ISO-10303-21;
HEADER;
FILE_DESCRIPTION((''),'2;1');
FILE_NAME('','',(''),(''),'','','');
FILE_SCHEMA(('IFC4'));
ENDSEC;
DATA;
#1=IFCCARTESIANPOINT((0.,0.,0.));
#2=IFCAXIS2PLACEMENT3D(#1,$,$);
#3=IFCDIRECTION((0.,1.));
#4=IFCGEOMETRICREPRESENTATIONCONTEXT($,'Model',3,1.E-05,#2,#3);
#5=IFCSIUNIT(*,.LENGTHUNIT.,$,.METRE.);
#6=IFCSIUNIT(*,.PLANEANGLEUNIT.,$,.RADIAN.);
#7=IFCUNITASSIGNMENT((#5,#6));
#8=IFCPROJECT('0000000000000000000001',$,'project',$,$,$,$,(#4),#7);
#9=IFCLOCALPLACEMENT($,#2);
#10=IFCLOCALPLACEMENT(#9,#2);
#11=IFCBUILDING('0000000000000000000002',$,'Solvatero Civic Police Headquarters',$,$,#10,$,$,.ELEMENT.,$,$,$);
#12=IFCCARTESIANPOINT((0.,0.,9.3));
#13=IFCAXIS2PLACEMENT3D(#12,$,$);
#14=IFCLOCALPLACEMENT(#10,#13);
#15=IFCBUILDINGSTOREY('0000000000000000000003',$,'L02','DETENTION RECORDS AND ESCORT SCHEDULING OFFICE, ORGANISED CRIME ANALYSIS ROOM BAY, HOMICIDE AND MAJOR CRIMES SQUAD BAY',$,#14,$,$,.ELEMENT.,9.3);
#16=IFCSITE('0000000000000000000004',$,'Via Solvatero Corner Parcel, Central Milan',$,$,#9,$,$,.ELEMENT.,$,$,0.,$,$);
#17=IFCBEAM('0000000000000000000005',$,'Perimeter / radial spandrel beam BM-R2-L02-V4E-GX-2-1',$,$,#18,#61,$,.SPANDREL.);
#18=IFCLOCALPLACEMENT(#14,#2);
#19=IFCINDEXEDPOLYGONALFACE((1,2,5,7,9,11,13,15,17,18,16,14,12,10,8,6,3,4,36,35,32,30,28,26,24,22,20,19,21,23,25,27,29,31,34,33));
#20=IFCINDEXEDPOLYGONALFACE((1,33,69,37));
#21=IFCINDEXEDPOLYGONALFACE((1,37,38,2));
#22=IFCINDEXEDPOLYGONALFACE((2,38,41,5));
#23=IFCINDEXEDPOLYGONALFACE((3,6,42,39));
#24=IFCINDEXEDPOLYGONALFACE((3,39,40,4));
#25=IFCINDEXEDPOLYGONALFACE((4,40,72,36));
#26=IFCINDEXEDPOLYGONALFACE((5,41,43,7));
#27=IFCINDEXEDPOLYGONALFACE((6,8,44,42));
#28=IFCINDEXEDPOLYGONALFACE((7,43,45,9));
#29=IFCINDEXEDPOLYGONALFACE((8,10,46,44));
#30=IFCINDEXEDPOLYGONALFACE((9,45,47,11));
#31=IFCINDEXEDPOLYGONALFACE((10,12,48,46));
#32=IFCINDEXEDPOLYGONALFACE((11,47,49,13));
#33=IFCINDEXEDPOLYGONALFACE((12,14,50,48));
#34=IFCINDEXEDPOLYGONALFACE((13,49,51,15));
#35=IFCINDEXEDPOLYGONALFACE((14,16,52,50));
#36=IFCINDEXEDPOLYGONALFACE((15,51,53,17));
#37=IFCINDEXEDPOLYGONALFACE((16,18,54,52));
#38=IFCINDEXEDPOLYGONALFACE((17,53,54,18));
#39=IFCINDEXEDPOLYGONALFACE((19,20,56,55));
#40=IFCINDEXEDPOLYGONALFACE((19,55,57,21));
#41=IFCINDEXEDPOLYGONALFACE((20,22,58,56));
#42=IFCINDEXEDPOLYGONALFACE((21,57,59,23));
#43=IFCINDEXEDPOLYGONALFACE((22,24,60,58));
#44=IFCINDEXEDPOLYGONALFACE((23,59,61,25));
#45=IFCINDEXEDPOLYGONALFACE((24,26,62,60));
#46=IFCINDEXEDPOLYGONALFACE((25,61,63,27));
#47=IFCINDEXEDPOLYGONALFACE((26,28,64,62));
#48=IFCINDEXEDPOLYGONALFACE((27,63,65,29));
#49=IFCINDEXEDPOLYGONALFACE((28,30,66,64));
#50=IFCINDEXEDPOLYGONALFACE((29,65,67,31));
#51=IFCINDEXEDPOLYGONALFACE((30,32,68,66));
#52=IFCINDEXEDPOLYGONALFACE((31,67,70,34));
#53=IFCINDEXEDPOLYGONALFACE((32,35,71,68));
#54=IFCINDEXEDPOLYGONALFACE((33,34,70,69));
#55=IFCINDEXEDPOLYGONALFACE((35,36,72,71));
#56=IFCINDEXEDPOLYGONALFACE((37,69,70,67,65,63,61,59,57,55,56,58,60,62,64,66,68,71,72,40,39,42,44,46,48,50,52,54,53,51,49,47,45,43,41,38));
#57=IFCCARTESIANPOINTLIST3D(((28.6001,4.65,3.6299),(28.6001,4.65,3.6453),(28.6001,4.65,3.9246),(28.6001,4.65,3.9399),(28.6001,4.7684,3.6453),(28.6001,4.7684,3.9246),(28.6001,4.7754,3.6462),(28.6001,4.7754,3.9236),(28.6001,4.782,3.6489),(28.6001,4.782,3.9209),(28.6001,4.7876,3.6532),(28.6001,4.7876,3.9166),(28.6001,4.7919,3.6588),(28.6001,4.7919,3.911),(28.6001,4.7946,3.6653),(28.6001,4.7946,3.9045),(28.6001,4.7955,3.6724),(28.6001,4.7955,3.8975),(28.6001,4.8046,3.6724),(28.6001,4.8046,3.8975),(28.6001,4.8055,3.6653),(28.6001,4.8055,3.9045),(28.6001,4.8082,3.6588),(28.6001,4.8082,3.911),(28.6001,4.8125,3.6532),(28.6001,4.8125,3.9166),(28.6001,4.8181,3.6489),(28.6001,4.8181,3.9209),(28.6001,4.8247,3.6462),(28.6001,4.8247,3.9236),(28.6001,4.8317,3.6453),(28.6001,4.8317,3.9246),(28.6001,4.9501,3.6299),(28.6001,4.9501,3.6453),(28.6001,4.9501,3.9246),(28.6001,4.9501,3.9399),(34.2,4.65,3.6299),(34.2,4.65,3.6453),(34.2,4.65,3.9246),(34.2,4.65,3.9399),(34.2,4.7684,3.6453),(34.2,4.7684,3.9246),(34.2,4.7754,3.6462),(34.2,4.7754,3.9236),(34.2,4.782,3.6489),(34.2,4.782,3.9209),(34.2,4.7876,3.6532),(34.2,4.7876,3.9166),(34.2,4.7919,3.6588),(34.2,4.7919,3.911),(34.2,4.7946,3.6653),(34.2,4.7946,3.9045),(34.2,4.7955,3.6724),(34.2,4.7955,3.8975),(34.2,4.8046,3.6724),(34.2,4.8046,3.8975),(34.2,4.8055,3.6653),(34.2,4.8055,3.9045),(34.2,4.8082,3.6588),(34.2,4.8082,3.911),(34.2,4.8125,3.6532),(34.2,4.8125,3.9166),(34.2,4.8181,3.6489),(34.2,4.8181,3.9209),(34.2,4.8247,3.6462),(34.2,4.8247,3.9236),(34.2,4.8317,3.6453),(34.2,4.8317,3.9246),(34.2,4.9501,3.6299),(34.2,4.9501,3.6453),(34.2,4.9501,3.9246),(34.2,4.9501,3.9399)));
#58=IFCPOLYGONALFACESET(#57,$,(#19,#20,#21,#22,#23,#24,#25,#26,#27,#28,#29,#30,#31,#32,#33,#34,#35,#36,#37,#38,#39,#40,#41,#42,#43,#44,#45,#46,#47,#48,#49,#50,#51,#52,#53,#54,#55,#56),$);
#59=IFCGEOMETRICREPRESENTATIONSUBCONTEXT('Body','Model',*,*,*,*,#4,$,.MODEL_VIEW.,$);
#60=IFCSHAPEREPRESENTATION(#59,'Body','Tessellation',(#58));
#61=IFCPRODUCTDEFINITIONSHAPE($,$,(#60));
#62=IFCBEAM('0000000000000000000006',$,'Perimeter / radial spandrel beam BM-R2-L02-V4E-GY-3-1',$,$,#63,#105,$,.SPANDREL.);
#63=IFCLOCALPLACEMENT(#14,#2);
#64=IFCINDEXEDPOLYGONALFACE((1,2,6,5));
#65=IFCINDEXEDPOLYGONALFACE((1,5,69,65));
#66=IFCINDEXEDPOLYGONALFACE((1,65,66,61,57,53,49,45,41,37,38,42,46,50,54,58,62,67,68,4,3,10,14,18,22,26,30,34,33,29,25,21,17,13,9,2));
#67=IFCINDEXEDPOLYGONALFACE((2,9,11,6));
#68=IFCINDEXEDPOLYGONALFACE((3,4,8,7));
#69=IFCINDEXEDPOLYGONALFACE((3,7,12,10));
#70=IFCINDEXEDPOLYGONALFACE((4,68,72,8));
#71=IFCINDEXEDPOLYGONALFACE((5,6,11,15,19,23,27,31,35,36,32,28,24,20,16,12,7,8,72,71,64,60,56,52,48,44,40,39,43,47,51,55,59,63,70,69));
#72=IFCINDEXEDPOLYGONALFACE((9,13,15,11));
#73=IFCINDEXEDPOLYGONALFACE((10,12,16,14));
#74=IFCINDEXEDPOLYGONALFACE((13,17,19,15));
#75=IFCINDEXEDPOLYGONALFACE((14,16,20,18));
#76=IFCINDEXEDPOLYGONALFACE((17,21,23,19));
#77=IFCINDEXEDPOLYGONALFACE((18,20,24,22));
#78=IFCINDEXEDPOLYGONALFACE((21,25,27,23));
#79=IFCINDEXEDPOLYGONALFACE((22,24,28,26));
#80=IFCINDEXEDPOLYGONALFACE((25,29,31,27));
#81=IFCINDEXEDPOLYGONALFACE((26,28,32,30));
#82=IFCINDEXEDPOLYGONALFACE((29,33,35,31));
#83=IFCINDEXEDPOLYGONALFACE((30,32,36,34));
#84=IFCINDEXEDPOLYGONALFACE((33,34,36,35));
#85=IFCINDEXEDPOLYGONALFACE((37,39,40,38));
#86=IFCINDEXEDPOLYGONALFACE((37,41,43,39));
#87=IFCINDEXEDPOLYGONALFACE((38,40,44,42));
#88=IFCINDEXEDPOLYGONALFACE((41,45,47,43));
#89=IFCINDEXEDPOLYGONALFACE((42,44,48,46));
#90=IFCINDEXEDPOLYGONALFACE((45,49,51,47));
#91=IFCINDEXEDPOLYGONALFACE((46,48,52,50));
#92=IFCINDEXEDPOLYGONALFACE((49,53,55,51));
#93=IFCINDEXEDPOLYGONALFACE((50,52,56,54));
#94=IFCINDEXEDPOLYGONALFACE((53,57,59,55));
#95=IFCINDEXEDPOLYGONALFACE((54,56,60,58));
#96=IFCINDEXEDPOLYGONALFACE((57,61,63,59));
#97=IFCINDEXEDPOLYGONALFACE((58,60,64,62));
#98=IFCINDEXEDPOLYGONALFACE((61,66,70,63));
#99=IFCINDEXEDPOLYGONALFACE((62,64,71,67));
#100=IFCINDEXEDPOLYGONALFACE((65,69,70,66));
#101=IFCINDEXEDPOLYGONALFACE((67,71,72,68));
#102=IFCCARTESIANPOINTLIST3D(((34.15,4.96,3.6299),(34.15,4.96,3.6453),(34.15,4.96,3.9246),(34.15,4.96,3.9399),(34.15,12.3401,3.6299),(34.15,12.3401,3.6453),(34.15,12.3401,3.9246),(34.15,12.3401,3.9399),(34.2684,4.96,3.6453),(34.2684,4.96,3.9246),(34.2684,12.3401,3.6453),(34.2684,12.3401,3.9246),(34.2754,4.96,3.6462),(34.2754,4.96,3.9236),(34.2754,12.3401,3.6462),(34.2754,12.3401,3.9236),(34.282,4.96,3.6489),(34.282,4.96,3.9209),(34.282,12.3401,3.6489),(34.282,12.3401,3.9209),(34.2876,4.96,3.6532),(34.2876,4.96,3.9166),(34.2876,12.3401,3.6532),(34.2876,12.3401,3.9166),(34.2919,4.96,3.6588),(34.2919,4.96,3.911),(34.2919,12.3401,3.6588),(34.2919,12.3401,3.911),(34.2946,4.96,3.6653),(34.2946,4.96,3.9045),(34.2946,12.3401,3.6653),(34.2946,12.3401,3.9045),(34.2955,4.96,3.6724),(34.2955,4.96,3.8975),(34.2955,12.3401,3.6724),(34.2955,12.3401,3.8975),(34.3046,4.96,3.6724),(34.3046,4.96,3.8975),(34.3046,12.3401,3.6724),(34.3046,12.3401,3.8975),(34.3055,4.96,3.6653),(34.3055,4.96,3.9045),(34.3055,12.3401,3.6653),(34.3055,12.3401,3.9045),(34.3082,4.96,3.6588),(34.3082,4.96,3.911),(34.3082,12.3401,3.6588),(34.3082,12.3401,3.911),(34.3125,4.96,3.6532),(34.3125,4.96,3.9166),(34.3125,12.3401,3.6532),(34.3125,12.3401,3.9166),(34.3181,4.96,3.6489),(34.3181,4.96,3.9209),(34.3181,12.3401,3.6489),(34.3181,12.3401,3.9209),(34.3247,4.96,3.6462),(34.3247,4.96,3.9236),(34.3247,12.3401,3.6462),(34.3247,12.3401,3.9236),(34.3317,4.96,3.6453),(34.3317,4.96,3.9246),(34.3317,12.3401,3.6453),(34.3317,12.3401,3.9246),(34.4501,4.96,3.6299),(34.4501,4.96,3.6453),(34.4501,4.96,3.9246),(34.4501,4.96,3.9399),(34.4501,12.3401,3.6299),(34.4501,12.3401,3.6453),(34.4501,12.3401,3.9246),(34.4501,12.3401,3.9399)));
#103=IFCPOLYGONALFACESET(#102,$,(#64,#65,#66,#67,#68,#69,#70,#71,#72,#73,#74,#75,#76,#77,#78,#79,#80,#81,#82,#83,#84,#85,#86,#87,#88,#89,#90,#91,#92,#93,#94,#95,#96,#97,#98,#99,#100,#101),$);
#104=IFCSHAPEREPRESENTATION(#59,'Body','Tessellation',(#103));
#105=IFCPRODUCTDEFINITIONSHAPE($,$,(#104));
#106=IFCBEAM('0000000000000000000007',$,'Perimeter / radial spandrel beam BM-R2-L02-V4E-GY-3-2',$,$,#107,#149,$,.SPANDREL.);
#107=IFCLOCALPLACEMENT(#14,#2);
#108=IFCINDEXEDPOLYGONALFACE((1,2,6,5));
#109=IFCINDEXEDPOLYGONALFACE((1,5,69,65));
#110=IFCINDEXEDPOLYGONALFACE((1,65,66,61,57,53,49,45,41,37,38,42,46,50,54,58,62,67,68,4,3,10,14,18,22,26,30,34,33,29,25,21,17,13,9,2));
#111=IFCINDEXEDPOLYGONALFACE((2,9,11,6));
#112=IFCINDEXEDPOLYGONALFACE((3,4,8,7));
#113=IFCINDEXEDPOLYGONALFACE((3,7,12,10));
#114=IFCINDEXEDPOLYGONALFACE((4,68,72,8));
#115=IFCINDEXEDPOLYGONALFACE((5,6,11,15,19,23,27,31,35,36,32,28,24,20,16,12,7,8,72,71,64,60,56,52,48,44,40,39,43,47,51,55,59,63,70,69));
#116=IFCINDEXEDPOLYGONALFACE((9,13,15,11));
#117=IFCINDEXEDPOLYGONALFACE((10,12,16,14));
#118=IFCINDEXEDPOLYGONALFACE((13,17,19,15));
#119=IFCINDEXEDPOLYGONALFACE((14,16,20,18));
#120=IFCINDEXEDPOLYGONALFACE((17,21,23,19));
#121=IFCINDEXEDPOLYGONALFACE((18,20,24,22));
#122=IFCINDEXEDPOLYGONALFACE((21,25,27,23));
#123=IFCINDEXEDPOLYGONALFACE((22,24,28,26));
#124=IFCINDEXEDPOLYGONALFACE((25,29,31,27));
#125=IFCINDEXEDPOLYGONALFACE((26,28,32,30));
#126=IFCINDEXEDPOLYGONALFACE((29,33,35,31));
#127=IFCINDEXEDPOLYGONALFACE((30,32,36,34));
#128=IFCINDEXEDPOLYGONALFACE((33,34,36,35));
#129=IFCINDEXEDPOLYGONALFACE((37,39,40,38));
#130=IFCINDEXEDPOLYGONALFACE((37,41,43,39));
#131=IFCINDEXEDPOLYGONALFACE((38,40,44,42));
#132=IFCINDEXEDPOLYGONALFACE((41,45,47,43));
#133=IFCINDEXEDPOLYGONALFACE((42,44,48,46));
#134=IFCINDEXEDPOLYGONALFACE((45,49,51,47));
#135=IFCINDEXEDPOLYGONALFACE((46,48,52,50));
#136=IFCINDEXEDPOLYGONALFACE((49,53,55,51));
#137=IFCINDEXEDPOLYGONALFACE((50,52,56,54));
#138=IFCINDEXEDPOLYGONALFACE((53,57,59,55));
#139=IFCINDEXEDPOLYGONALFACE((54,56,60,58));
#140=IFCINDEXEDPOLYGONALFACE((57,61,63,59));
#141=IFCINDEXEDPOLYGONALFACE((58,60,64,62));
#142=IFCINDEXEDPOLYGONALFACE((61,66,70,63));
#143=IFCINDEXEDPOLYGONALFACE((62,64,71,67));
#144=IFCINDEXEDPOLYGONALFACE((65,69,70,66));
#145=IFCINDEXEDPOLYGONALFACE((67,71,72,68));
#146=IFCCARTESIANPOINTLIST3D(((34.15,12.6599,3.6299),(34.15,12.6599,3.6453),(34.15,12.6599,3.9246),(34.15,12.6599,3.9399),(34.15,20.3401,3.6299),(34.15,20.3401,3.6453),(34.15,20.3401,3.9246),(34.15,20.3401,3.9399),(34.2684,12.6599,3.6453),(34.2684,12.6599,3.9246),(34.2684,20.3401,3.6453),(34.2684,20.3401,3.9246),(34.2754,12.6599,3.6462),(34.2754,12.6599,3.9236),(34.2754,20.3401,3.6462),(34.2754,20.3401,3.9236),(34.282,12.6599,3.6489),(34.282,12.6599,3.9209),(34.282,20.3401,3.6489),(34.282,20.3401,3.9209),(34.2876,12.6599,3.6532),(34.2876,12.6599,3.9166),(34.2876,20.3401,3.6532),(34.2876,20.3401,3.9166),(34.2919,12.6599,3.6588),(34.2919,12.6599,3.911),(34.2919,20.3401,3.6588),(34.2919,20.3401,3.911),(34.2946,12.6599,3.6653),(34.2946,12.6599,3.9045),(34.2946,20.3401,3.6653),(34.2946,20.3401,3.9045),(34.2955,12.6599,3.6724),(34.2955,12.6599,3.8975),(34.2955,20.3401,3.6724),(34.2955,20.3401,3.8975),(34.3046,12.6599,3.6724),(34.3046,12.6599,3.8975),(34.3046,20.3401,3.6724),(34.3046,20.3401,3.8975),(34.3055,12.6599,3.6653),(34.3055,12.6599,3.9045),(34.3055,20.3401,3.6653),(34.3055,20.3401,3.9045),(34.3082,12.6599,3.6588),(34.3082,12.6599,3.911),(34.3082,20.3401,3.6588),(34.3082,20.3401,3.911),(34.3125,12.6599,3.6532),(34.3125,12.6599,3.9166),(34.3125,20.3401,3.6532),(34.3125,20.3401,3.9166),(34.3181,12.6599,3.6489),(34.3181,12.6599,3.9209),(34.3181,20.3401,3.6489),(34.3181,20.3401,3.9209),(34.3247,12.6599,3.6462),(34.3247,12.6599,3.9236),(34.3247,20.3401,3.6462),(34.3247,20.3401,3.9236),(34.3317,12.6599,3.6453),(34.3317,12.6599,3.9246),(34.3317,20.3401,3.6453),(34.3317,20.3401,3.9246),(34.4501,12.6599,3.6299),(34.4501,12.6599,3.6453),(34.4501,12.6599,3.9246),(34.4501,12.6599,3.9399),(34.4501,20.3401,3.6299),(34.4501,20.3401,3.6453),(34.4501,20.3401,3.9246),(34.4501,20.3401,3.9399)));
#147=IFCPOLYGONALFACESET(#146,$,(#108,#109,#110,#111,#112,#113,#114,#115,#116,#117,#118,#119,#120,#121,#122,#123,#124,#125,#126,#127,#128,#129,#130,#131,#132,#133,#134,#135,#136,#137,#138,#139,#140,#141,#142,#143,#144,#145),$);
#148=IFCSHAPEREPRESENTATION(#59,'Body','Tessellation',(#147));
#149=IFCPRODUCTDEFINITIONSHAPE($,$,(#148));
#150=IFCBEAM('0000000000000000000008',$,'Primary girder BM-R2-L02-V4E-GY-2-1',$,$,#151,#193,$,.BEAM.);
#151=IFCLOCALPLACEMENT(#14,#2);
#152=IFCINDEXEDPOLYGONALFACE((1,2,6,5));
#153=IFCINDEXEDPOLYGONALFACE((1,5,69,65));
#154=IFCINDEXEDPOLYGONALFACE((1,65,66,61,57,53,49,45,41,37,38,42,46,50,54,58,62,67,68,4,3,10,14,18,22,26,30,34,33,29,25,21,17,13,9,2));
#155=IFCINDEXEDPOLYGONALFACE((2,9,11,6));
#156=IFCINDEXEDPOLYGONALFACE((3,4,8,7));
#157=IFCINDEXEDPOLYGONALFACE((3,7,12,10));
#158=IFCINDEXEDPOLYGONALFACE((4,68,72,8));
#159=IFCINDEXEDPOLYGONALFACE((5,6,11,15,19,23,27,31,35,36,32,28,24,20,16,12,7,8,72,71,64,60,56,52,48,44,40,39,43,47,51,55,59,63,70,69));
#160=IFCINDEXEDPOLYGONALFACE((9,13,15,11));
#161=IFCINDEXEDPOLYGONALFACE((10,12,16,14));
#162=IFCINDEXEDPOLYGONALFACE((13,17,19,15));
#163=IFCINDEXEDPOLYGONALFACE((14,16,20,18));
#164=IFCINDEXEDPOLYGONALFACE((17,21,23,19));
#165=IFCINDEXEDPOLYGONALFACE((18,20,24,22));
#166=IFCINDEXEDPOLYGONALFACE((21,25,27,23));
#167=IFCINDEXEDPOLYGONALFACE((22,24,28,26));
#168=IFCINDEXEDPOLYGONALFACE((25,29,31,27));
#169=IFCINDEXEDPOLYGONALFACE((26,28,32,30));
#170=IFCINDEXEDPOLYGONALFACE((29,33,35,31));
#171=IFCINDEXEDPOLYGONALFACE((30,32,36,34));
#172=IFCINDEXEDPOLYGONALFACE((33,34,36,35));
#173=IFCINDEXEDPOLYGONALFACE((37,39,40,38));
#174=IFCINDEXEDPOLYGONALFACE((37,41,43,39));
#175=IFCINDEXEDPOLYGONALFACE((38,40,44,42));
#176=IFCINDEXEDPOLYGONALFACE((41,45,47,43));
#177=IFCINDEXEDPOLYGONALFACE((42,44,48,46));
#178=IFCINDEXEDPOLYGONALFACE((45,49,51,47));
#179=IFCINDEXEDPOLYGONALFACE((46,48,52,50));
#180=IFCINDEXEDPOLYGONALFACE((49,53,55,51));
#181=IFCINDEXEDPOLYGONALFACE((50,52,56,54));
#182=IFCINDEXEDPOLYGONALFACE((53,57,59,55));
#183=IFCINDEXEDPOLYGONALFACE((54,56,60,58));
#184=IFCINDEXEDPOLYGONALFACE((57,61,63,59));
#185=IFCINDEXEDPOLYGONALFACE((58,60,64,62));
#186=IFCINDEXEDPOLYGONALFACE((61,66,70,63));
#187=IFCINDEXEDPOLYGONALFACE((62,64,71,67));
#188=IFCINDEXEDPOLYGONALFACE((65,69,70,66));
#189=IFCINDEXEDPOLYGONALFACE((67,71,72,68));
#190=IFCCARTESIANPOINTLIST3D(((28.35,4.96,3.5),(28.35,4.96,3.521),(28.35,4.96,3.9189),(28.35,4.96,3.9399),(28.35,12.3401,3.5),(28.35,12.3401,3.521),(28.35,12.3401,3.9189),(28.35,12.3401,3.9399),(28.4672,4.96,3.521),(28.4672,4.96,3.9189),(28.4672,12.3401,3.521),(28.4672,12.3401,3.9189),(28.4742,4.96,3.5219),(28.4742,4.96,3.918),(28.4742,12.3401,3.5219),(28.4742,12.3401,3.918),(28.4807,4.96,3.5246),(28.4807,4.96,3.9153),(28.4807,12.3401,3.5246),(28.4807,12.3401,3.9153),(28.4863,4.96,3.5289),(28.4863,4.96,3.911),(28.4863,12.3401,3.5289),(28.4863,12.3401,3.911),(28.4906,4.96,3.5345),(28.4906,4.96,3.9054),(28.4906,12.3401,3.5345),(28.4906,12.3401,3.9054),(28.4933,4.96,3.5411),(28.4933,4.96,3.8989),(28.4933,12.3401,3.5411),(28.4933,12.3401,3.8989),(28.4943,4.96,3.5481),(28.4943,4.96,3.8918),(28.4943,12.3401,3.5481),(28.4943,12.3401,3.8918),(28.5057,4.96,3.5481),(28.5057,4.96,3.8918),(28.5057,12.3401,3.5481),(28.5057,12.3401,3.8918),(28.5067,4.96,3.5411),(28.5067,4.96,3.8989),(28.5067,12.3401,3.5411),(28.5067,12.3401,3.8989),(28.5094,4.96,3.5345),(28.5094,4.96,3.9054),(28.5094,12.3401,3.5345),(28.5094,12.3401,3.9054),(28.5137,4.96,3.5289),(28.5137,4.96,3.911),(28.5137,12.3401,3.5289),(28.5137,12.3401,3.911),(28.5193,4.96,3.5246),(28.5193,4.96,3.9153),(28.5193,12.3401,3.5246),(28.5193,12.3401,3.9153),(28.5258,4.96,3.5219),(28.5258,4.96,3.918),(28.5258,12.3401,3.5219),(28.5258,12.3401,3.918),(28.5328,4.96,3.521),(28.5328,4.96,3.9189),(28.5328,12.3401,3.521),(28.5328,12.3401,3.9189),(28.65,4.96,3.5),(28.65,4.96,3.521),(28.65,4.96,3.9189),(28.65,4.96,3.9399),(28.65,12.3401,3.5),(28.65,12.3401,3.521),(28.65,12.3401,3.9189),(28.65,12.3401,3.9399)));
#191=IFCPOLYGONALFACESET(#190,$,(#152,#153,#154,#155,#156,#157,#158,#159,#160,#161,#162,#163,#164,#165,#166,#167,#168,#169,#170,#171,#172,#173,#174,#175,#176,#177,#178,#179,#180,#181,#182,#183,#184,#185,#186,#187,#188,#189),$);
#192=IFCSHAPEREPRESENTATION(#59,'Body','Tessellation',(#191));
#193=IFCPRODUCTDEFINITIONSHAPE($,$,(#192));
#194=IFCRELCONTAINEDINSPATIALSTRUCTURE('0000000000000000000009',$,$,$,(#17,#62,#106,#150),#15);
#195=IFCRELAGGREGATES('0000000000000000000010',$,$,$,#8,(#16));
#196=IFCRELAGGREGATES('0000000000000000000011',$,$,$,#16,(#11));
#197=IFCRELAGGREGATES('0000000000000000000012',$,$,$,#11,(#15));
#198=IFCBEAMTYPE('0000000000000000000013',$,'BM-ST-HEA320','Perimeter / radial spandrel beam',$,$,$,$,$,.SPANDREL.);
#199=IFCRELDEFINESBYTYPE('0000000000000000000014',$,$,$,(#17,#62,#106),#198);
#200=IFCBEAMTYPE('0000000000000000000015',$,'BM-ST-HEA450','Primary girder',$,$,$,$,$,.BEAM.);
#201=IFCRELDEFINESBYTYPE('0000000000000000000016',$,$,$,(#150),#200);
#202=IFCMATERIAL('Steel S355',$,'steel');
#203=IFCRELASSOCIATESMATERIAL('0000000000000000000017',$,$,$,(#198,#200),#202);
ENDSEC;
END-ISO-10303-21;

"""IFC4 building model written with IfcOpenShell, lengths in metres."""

from ifc_helpers import new_model, si_unit, direction, frame, origin, origin_2d, place, context, subcontext, project, spatial, i_section, extrude, material, material_profile, profile_set, type_object, element, save


model = new_model("IFC4")

# Units and contexts
model_context = context("Model", 3, precision=1e-05, world=origin(), true_north=direction((0.0, 1.0)))
body_context = subcontext(model_context, "Body", "Model", "MODEL_VIEW")
ifc_project = project(units=[si_unit("LENGTHUNIT", "METRE"), si_unit("PLANEANGLEUNIT", "RADIAN")], contexts=[model_context])

# Site, building, storey
site_placement = place(None, origin())
site = spatial("IfcSite", under=ifc_project, at=site_placement, Name="Via Solvatero Corner Parcel, Central Milan", CompositionType="ELEMENT", RefElevation=0.0)
building_placement = place(site_placement, origin())
building = spatial("IfcBuilding", under=site, at=building_placement, Name="Solvatero Civic Police Headquarters", CompositionType="ELEMENT")
storey_placement = place(building_placement, frame((0.0, 0.0, 9.3)))
storey = spatial("IfcBuildingStorey", under=building, at=storey_placement, Name="L02", Description="DETENTION RECORDS AND ESCORT SCHEDULING OFFICE, ORGANISED CRIME ANALYSIS ROOM BAY, HOMICIDE AND MAJOR CRIMES SQUAD BAY", CompositionType="ELEMENT", Elevation=9.3)

# Shared definitions
ifc_material_1 = material(Name="Steel S355", Category="steel")

# Beams
ifc_material_profile_1 = material_profile(ifc_material_1, i_section(OverallWidth=0.3, OverallDepth=0.3101, WebThickness=0.009, FlangeThickness=0.0154, FilletRadius=0.0271, at=origin_2d()), Name="HEA 320")
ifc_profile_set_1 = profile_set([ifc_material_profile_1], Name="Steel S355")
beam_type_1 = type_object("IfcBeamType", Name="BM-ST-HEA320", Description="Perimeter / radial spandrel beam", PredefinedType="SPANDREL", material=ifc_profile_set_1)
beam_1_placement = place(storey_placement, frame((28.6001, 4.8, 3.7849), z_axis=(1.0, 0.0, 0.0), x_axis=(0.0, 1.0, 0.0)))
element("IfcBeam", 1, at=beam_1_placement, inside=storey, type_object=beam_type_1, Name="Perimeter / radial spandrel beam BM-R2-L02-V4E-GX-2-1", PredefinedType="SPANDREL", context=body_context, shape_type="SweptSolid", body=[
    extrude(i_section(OverallWidth=0.3, OverallDepth=0.3101, WebThickness=0.009, FlangeThickness=0.0154, FilletRadius=0.0271, at=origin_2d()), origin(), (0.0, 0.0, 1.0), 5.5999),
])
beam_2_placement = place(storey_placement, frame((34.3, 4.96, 3.7849), z_axis=(0.0, 1.0, 0.0), x_axis=(-1.0, 0.0, 0.0)))
element("IfcBeam", 2, at=beam_2_placement, inside=storey, type_object=beam_type_1, Name="Perimeter / radial spandrel beam BM-R2-L02-V4E-GY-3-1", PredefinedType="SPANDREL", context=body_context, shape_type="SweptSolid", body=[
    extrude(i_section(OverallWidth=0.3, OverallDepth=0.3101, WebThickness=0.009, FlangeThickness=0.0154, FilletRadius=0.0271, at=origin_2d()), origin(), (0.0, 0.0, 1.0), 7.3801),
])
beam_3_placement = place(storey_placement, frame((34.3, 12.6599, 3.7849), z_axis=(0.0, 1.0, 0.0), x_axis=(-1.0, 0.0, 0.0)))
element("IfcBeam", 3, at=beam_3_placement, inside=storey, type_object=beam_type_1, Name="Perimeter / radial spandrel beam BM-R2-L02-V4E-GY-3-2", PredefinedType="SPANDREL", context=body_context, shape_type="SweptSolid", body=[
    extrude(i_section(OverallWidth=0.3, OverallDepth=0.3101, WebThickness=0.009, FlangeThickness=0.0154, FilletRadius=0.0271, at=origin_2d()), origin(), (0.0, 0.0, 1.0), 7.6802),
])
ifc_material_profile_2 = material_profile(ifc_material_1, i_section(OverallWidth=0.3, OverallDepth=0.4399, WebThickness=0.0115, FlangeThickness=0.021, FilletRadius=0.0271, at=origin_2d()), Name="HEA 450")
ifc_profile_set_2 = profile_set([ifc_material_profile_2], Name="Steel S355")
beam_type_2 = type_object("IfcBeamType", Name="BM-ST-HEA450", Description="Primary girder", PredefinedType="BEAM", material=ifc_profile_set_2)
beam_4_placement = place(storey_placement, frame((28.5, 4.96, 3.72), z_axis=(0.0, 1.0, 0.0), x_axis=(-1.0, 0.0, 0.0)))
element("IfcBeam", 4, at=beam_4_placement, inside=storey, type_object=beam_type_2, Name="Primary girder BM-R2-L02-V4E-GY-2-1", PredefinedType="BEAM", context=body_context, shape_type="SweptSolid", body=[
    extrude(i_section(OverallWidth=0.3, OverallDepth=0.4399, WebThickness=0.0115, FlangeThickness=0.021, FilletRadius=0.0271, at=origin_2d()), origin(), (0.0, 0.0, 1.0), 7.3801),
])

save(model, "model.ifc")
